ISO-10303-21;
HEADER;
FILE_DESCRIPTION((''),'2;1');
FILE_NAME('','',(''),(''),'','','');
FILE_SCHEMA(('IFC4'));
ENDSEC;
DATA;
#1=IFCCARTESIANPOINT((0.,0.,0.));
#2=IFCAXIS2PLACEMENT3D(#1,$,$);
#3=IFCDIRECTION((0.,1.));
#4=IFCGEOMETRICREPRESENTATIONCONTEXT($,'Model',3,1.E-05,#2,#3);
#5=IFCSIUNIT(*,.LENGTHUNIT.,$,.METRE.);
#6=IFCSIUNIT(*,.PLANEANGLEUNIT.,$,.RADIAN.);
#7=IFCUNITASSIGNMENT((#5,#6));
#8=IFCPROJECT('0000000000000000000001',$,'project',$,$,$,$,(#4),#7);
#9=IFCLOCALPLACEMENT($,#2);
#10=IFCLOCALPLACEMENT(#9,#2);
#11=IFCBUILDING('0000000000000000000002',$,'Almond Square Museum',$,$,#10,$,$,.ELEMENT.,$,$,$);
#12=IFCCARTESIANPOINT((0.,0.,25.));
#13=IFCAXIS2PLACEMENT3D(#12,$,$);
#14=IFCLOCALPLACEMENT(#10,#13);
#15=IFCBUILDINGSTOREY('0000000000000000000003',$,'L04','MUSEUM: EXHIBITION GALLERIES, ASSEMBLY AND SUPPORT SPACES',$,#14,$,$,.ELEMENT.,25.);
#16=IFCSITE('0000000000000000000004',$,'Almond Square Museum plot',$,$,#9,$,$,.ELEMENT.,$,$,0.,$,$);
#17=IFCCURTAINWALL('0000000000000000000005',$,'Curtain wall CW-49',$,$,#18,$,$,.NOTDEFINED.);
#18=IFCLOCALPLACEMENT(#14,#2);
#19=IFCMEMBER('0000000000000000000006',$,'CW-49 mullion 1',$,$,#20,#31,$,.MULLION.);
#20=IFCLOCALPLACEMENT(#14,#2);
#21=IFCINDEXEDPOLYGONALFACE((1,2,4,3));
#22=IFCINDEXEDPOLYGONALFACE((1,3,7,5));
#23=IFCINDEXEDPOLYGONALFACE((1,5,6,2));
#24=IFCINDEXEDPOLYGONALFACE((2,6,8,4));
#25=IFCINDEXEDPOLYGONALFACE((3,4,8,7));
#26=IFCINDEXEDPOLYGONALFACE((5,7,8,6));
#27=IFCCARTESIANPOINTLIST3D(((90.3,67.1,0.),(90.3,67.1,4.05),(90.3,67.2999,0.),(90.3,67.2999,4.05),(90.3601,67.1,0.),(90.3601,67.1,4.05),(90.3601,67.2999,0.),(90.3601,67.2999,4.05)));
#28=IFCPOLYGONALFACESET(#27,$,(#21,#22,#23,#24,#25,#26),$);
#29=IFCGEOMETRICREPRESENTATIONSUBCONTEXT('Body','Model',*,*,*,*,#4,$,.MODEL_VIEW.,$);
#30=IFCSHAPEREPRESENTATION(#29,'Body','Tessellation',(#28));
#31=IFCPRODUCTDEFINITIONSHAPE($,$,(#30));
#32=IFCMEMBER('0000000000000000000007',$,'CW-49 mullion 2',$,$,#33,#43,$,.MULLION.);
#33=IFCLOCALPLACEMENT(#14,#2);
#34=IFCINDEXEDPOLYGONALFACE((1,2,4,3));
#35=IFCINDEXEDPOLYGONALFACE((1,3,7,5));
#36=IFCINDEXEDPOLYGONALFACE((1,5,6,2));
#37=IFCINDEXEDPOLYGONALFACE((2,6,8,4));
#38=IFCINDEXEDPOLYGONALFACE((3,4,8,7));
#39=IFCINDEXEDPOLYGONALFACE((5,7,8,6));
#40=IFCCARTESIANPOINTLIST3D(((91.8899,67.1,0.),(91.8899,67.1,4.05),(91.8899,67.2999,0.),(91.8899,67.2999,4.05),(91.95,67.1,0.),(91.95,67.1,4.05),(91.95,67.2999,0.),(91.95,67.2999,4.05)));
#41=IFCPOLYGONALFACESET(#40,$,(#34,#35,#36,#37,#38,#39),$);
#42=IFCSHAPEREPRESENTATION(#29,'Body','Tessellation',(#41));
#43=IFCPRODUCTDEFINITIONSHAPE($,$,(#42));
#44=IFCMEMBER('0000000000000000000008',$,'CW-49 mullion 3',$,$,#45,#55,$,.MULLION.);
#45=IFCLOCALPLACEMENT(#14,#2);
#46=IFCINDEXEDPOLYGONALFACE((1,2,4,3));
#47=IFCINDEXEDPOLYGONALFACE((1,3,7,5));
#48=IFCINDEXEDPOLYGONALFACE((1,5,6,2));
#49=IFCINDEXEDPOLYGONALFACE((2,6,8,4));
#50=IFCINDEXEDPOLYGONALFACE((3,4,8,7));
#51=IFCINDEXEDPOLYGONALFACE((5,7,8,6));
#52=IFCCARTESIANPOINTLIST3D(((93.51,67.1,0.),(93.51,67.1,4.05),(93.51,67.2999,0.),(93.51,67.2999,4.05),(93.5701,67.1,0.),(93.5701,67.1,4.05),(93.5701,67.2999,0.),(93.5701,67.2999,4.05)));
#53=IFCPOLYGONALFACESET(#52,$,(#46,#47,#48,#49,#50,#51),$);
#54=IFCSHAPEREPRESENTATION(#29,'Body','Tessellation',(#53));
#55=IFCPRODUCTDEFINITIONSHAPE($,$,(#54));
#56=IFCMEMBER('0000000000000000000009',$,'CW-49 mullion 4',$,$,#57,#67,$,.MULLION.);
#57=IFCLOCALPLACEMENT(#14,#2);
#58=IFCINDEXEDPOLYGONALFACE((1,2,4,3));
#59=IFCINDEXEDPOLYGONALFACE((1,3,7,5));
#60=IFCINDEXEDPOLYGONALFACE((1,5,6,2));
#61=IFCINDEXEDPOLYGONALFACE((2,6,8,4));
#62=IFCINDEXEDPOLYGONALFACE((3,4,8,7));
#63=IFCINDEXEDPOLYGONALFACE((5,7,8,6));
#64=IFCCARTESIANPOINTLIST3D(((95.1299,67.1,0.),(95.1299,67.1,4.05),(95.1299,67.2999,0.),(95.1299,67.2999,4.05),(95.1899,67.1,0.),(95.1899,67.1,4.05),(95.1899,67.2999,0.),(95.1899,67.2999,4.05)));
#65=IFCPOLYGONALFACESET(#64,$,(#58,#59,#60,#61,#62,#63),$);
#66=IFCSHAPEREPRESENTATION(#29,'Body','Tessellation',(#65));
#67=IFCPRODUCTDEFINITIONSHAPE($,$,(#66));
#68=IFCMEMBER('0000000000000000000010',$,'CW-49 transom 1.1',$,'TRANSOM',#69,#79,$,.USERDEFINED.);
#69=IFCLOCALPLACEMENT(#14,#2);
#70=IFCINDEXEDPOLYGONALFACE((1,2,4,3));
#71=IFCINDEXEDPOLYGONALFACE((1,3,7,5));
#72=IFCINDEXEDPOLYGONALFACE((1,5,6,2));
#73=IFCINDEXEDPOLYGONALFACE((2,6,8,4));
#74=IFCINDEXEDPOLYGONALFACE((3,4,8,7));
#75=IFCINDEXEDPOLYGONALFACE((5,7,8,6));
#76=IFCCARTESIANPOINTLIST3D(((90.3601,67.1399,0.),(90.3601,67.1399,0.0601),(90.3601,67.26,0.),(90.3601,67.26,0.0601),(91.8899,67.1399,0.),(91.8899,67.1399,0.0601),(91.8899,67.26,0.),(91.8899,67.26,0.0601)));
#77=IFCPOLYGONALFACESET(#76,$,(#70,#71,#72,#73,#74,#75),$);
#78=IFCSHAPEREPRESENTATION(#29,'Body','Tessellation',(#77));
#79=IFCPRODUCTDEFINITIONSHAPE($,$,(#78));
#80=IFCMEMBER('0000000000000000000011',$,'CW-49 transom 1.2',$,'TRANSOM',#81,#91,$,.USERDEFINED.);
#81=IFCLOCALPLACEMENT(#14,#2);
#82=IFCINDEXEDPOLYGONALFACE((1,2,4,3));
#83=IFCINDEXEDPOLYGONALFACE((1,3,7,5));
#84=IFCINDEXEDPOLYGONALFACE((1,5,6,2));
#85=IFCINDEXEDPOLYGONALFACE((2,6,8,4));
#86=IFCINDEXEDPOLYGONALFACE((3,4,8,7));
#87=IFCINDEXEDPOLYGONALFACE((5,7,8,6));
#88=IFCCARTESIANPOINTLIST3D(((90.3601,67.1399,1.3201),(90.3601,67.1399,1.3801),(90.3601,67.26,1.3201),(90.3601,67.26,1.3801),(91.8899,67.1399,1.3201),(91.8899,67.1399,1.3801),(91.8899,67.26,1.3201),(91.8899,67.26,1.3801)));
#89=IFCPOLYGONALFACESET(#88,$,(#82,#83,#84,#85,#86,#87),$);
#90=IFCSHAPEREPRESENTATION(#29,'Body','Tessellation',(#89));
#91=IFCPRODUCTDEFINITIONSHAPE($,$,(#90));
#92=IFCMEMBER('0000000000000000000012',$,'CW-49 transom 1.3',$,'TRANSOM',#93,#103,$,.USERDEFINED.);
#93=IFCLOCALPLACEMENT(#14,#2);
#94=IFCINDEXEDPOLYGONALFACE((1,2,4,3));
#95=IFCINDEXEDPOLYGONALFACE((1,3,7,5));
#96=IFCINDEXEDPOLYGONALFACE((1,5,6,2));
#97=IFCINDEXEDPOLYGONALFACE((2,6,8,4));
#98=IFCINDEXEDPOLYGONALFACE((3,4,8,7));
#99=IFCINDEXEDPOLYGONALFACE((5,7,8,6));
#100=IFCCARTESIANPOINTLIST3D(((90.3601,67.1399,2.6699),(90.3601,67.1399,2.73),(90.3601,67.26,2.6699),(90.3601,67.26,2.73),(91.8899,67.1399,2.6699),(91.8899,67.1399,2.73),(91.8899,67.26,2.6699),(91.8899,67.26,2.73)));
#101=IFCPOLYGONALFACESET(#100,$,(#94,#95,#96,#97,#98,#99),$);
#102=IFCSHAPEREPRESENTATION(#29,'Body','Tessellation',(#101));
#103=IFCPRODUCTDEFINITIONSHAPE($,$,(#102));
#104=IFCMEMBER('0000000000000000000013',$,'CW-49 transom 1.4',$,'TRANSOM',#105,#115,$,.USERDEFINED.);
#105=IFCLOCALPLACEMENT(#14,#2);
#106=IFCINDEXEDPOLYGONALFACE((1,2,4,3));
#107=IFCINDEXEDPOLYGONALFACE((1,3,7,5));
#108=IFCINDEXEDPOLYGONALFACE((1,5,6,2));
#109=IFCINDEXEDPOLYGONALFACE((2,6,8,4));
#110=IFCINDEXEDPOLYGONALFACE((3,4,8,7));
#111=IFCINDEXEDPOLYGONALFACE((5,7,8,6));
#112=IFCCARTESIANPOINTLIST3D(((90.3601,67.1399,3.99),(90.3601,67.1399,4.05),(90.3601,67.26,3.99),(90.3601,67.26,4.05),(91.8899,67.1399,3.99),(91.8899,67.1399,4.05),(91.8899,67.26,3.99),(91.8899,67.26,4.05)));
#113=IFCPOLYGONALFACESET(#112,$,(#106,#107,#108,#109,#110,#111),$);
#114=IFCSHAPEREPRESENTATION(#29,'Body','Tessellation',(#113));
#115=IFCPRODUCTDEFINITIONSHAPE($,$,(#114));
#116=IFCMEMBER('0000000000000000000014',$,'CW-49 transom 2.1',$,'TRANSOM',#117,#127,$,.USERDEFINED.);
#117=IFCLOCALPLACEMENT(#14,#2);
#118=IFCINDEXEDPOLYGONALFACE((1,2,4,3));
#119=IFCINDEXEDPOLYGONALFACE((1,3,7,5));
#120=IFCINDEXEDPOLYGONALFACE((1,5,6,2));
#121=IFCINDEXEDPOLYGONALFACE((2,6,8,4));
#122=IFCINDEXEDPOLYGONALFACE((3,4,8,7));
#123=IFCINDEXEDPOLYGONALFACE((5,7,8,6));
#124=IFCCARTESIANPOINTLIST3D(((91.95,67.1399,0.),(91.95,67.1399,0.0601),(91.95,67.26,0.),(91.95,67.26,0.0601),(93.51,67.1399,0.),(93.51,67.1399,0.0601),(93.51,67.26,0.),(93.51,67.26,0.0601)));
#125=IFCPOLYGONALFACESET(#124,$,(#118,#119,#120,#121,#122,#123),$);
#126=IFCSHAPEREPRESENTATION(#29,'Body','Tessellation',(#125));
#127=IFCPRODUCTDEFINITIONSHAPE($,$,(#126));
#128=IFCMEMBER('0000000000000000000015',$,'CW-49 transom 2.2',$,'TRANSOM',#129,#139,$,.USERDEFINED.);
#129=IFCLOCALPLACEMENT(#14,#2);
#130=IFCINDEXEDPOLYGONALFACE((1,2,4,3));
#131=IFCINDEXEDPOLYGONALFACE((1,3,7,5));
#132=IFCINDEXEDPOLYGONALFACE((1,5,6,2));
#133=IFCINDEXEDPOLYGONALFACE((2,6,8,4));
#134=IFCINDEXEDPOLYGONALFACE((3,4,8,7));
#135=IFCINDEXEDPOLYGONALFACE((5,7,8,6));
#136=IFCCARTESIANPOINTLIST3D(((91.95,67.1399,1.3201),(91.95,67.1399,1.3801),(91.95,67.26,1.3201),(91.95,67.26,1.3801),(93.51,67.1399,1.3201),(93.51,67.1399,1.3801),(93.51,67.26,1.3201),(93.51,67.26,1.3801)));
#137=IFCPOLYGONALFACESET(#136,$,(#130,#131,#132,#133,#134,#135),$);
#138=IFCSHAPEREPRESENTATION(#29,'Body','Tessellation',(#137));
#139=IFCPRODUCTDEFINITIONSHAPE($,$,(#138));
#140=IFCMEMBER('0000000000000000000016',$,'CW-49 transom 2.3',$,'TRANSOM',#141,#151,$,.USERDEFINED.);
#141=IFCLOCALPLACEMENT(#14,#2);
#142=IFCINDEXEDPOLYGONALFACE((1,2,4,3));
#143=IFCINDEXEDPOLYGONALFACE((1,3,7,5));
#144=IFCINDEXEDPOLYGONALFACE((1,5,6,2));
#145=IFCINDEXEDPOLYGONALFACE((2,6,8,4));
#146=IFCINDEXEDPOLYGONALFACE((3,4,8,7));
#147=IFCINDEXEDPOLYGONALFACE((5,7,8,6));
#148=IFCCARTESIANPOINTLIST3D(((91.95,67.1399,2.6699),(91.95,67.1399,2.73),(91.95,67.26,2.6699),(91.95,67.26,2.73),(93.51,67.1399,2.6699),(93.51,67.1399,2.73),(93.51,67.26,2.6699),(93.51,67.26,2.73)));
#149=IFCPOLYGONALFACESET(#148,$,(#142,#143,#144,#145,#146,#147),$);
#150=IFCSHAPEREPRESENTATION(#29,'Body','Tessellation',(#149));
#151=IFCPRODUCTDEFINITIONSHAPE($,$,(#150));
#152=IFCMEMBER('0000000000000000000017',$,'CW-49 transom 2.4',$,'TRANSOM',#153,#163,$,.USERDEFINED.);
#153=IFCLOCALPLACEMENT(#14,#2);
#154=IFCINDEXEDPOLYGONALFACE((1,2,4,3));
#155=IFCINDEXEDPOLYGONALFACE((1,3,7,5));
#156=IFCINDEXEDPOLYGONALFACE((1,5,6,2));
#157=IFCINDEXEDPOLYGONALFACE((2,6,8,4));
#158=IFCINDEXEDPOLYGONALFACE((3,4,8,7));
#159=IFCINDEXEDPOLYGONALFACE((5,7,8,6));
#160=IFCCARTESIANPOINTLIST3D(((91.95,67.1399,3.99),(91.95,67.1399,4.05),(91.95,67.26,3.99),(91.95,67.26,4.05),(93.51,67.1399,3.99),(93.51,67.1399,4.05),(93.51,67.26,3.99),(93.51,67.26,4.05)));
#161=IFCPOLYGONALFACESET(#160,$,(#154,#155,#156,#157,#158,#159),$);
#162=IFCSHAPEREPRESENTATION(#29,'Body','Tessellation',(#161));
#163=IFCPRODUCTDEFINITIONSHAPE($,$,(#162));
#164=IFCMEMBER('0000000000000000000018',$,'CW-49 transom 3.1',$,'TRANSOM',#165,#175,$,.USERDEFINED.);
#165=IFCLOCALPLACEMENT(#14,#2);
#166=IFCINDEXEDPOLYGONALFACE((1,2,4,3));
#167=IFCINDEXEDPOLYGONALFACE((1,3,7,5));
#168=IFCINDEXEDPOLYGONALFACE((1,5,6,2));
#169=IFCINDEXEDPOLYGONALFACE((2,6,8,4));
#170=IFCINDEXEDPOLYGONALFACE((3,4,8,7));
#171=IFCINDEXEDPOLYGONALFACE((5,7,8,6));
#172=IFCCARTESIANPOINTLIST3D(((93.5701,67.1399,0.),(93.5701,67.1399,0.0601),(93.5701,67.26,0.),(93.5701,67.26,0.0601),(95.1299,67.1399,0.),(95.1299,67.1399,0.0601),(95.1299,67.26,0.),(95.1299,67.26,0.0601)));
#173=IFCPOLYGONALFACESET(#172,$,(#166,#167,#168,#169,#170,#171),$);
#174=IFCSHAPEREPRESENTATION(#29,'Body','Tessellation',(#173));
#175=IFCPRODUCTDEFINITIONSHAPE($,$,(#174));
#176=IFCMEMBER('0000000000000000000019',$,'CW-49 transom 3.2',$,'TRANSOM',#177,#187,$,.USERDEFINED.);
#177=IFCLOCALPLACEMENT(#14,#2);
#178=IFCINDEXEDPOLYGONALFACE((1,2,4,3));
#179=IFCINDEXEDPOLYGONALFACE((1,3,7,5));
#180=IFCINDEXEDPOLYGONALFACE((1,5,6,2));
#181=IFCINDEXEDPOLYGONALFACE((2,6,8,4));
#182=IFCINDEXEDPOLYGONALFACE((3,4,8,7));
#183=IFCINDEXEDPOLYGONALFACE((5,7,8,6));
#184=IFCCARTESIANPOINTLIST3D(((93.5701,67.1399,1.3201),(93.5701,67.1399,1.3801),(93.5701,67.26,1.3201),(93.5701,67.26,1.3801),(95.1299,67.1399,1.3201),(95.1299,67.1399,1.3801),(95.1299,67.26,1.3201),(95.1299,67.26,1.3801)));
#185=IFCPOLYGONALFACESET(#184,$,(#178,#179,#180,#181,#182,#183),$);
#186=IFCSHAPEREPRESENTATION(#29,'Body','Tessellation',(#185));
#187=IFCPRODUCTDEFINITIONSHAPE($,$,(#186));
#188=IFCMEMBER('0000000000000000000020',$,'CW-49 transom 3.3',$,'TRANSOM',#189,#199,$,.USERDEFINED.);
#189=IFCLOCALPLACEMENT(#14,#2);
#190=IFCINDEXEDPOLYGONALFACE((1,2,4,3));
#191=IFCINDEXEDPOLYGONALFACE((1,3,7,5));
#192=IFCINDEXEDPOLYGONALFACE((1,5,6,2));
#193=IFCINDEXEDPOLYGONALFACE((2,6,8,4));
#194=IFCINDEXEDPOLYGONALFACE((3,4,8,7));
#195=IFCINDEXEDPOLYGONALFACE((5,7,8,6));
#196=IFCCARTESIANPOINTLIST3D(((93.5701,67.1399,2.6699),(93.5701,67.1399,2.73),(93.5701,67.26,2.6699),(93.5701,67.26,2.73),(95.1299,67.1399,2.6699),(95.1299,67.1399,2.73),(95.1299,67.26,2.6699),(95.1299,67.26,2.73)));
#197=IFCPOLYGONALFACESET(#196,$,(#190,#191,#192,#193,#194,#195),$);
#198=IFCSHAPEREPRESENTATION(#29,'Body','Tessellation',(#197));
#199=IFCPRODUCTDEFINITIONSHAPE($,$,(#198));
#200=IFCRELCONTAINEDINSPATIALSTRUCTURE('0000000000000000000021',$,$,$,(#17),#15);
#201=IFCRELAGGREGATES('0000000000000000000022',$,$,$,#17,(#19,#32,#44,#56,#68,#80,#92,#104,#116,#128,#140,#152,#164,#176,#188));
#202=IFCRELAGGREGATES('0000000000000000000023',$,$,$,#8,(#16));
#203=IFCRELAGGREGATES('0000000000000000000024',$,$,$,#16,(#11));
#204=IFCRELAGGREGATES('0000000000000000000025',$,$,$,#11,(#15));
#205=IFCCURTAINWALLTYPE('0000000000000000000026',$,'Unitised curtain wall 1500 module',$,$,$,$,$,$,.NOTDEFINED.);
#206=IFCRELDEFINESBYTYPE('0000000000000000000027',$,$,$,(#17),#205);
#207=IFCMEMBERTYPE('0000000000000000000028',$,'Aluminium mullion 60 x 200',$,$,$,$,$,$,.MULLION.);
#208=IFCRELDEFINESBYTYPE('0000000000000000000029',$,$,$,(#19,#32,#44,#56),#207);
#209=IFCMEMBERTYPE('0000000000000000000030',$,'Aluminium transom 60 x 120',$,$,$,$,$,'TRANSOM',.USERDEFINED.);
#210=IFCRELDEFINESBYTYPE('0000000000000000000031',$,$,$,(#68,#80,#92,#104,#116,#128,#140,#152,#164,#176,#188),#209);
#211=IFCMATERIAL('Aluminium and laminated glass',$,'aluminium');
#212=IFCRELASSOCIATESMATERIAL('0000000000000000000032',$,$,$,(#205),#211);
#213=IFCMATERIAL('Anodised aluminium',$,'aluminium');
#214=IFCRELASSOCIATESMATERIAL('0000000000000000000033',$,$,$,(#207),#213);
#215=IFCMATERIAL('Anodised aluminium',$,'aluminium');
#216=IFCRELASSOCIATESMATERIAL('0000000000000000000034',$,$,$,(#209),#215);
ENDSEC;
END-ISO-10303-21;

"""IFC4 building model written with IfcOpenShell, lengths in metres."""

from ifc_helpers import new_model, si_unit, direction, frame, origin, origin_2d, place, context, subcontext, project, spatial, rectangle, extrude, material, material_profile, profile_set, type_object, element, aggregate, save


model = new_model("IFC4")

# Units and contexts
model_context = context("Model", 3, precision=1e-05, world=origin(), true_north=direction((0.0, 1.0)))
body_context = subcontext(model_context, "Body", "Model", "MODEL_VIEW")
ifc_project = project(units=[si_unit("LENGTHUNIT", "METRE"), si_unit("PLANEANGLEUNIT", "RADIAN")], contexts=[model_context])

# Site, building, storey
site_placement = place(None, origin())
site = spatial("IfcSite", under=ifc_project, at=site_placement, Name="Almond Square Museum plot", CompositionType="ELEMENT", RefElevation=0.0)
building_placement = place(site_placement, origin())
building = spatial("IfcBuilding", under=site, at=building_placement, Name="Almond Square Museum", CompositionType="ELEMENT")
storey_placement = place(building_placement, frame((0.0, 0.0, 25.0)))
storey = spatial("IfcBuildingStorey", under=building, at=storey_placement, Name="L04", Description="MUSEUM: EXHIBITION GALLERIES, ASSEMBLY AND SUPPORT SPACES", CompositionType="ELEMENT", Elevation=25.0)

# Curtain wall, members
ifc_material_1 = material(Name="Aluminium and laminated glass", Category="aluminium")
curtain_wall_type = type_object("IfcCurtainWallType", Name="Unitised curtain wall 1500 module", PredefinedType="NOTDEFINED", material=ifc_material_1)
curtain_wall_placement = place(storey_placement, origin())
curtain_wall = element("IfcCurtainWall", 1, at=curtain_wall_placement, inside=storey, type_object=curtain_wall_type, Name="Curtain wall CW-49", PredefinedType="NOTDEFINED")
ifc_material_2 = material(Name="Anodised aluminium", Category="aluminium")
ifc_material_profile_1 = material_profile(ifc_material_2, rectangle(XDim=0.2, YDim=0.0601, at=origin_2d()))
ifc_profile_set_1 = profile_set([ifc_material_profile_1], Name="Anodised aluminium")
member_type_1 = type_object("IfcMemberType", Name="Aluminium mullion 60 x 200", PredefinedType="MULLION", material=ifc_profile_set_1)
member_1_placement = place(storey_placement, frame((90.3301, 67.2, 0.0), z_axis=(0.0, 0.0, 1.0), x_axis=(0.0, 1.0, 0.0)))
member_1 = element("IfcMember", 2, at=member_1_placement, type_object=member_type_1, Name="CW-49 mullion 1", PredefinedType="MULLION", context=body_context, shape_type="SweptSolid", body=[
    extrude(rectangle(XDim=0.2, YDim=0.0601, at=origin_2d()), origin(), (0.0, 0.0, 1.0), 4.05),
])
member_2_placement = place(storey_placement, frame((91.9199, 67.2, 0.0), z_axis=(0.0, 0.0, 1.0), x_axis=(0.0, 1.0, 0.0)))
member_2 = element("IfcMember", 3, at=member_2_placement, type_object=member_type_1, Name="CW-49 mullion 2", PredefinedType="MULLION", context=body_context, shape_type="SweptSolid", body=[
    extrude(rectangle(XDim=0.2, YDim=0.0601, at=origin_2d()), origin(), (0.0, 0.0, 1.0), 4.05),
])
member_3_placement = place(storey_placement, frame((93.54, 67.2, 0.0), z_axis=(0.0, 0.0, 1.0), x_axis=(0.0, 1.0, 0.0)))
member_3 = element("IfcMember", 4, at=member_3_placement, type_object=member_type_1, Name="CW-49 mullion 3", PredefinedType="MULLION", context=body_context, shape_type="SweptSolid", body=[
    extrude(rectangle(XDim=0.2, YDim=0.0601, at=origin_2d()), origin(), (0.0, 0.0, 1.0), 4.05),
])
member_4_placement = place(storey_placement, frame((95.1599, 67.2, 0.0), z_axis=(0.0, 0.0, 1.0), x_axis=(0.0, 1.0, 0.0)))
member_4 = element("IfcMember", 5, at=member_4_placement, type_object=member_type_1, Name="CW-49 mullion 4", PredefinedType="MULLION", context=body_context, shape_type="SweptSolid", body=[
    extrude(rectangle(XDim=0.2, YDim=0.0601, at=origin_2d()), origin(), (0.0, 0.0, 1.0), 4.05),
])
ifc_material_3 = material(Name="Anodised aluminium", Category="aluminium")
ifc_material_profile_2 = material_profile(ifc_material_3, rectangle(XDim=0.1201, YDim=0.0601, at=origin_2d()))
ifc_profile_set_2 = profile_set([ifc_material_profile_2], Name="Anodised aluminium")
member_type_2 = type_object("IfcMemberType", Name="Aluminium transom 60 x 120", ElementType="TRANSOM", PredefinedType="USERDEFINED", material=ifc_profile_set_2)
member_5_placement = place(storey_placement, frame((90.3601, 67.2, 0.03), z_axis=(1.0, 0.0, 0.0), x_axis=(0.0, 1.0, 0.0)))
member_5 = element("IfcMember", 6, at=member_5_placement, type_object=member_type_2, Name="CW-49 transom 1.1", ObjectType="TRANSOM", PredefinedType="USERDEFINED", context=body_context, shape_type="SweptSolid", body=[
    extrude(rectangle(XDim=0.1201, YDim=0.0601, at=origin_2d()), origin(), (0.0, 0.0, 1.0), 1.5298),
])
member_6_placement = place(storey_placement, frame((90.3601, 67.2, 1.3501), z_axis=(1.0, 0.0, 0.0), x_axis=(0.0, 1.0, 0.0)))
member_6 = element("IfcMember", 7, at=member_6_placement, type_object=member_type_2, Name="CW-49 transom 1.2", ObjectType="TRANSOM", PredefinedType="USERDEFINED", context=body_context, shape_type="SweptSolid", body=[
    extrude(rectangle(XDim=0.1201, YDim=0.0601, at=origin_2d()), origin(), (0.0, 0.0, 1.0), 1.5298),
])
member_7_placement = place(storey_placement, frame((90.3601, 67.2, 2.7), z_axis=(1.0, 0.0, 0.0), x_axis=(0.0, 1.0, 0.0)))
member_7 = element("IfcMember", 8, at=member_7_placement, type_object=member_type_2, Name="CW-49 transom 1.3", ObjectType="TRANSOM", PredefinedType="USERDEFINED", context=body_context, shape_type="SweptSolid", body=[
    extrude(rectangle(XDim=0.1201, YDim=0.0601, at=origin_2d()), origin(), (0.0, 0.0, 1.0), 1.5298),
])
member_8_placement = place(storey_placement, frame((90.3601, 67.2, 4.02), z_axis=(1.0, 0.0, 0.0), x_axis=(0.0, 1.0, 0.0)))
member_8 = element("IfcMember", 9, at=member_8_placement, type_object=member_type_2, Name="CW-49 transom 1.4", ObjectType="TRANSOM", PredefinedType="USERDEFINED", context=body_context, shape_type="SweptSolid", body=[
    extrude(rectangle(XDim=0.1201, YDim=0.0601, at=origin_2d()), origin(), (0.0, 0.0, 1.0), 1.5298),
])
member_9_placement = place(storey_placement, frame((91.95, 67.2, 0.03), z_axis=(1.0, 0.0, 0.0), x_axis=(0.0, 1.0, 0.0)))
member_9 = element("IfcMember", 10, at=member_9_placement, type_object=member_type_2, Name="CW-49 transom 2.1", ObjectType="TRANSOM", PredefinedType="USERDEFINED", context=body_context, shape_type="SweptSolid", body=[
    extrude(rectangle(XDim=0.1201, YDim=0.0601, at=origin_2d()), origin(), (0.0, 0.0, 1.0), 1.5601),
])
member_10_placement = place(storey_placement, frame((91.95, 67.2, 1.3501), z_axis=(1.0, 0.0, 0.0), x_axis=(0.0, 1.0, 0.0)))
member_10 = element("IfcMember", 11, at=member_10_placement, type_object=member_type_2, Name="CW-49 transom 2.2", ObjectType="TRANSOM", PredefinedType="USERDEFINED", context=body_context, shape_type="SweptSolid", body=[
    extrude(rectangle(XDim=0.1201, YDim=0.0601, at=origin_2d()), origin(), (0.0, 0.0, 1.0), 1.5601),
])
member_11_placement = place(storey_placement, frame((91.95, 67.2, 2.7), z_axis=(1.0, 0.0, 0.0), x_axis=(0.0, 1.0, 0.0)))
member_11 = element("IfcMember", 12, at=member_11_placement, type_object=member_type_2, Name="CW-49 transom 2.3", ObjectType="TRANSOM", PredefinedType="USERDEFINED", context=body_context, shape_type="SweptSolid", body=[
    extrude(rectangle(XDim=0.1201, YDim=0.0601, at=origin_2d()), origin(), (0.0, 0.0, 1.0), 1.5601),
])
member_12_placement = place(storey_placement, frame((91.95, 67.2, 4.02), z_axis=(1.0, 0.0, 0.0), x_axis=(0.0, 1.0, 0.0)))
member_12 = element("IfcMember", 13, at=member_12_placement, type_object=member_type_2, Name="CW-49 transom 2.4", ObjectType="TRANSOM", PredefinedType="USERDEFINED", context=body_context, shape_type="SweptSolid", body=[
    extrude(rectangle(XDim=0.1201, YDim=0.0601, at=origin_2d()), origin(), (0.0, 0.0, 1.0), 1.5601),
])
member_13_placement = place(storey_placement, frame((93.5701, 67.2, 0.03), z_axis=(1.0, 0.0, 0.0), x_axis=(0.0, 1.0, 0.0)))
member_13 = element("IfcMember", 14, at=member_13_placement, type_object=member_type_2, Name="CW-49 transom 3.1", ObjectType="TRANSOM", PredefinedType="USERDEFINED", context=body_context, shape_type="SweptSolid", body=[
    extrude(rectangle(XDim=0.1201, YDim=0.0601, at=origin_2d()), origin(), (0.0, 0.0, 1.0), 1.5598),
])
member_14_placement = place(storey_placement, frame((93.5701, 67.2, 1.3501), z_axis=(1.0, 0.0, 0.0), x_axis=(0.0, 1.0, 0.0)))
member_14 = element("IfcMember", 15, at=member_14_placement, type_object=member_type_2, Name="CW-49 transom 3.2", ObjectType="TRANSOM", PredefinedType="USERDEFINED", context=body_context, shape_type="SweptSolid", body=[
    extrude(rectangle(XDim=0.1201, YDim=0.0601, at=origin_2d()), origin(), (0.0, 0.0, 1.0), 1.5598),
])
member_15_placement = place(storey_placement, frame((93.5701, 67.2, 2.7), z_axis=(1.0, 0.0, 0.0), x_axis=(0.0, 1.0, 0.0)))
member_15 = element("IfcMember", 16, at=member_15_placement, type_object=member_type_2, Name="CW-49 transom 3.3", ObjectType="TRANSOM", PredefinedType="USERDEFINED", context=body_context, shape_type="SweptSolid", body=[
    extrude(rectangle(XDim=0.1201, YDim=0.0601, at=origin_2d()), origin(), (0.0, 0.0, 1.0), 1.5598),
])
aggregate(curtain_wall, [member_1, member_2, member_3, member_4, member_5, member_6, member_7, member_8, member_9, member_10, member_11, member_12, member_13, member_14, member_15])

save(model, "model.ifc")
